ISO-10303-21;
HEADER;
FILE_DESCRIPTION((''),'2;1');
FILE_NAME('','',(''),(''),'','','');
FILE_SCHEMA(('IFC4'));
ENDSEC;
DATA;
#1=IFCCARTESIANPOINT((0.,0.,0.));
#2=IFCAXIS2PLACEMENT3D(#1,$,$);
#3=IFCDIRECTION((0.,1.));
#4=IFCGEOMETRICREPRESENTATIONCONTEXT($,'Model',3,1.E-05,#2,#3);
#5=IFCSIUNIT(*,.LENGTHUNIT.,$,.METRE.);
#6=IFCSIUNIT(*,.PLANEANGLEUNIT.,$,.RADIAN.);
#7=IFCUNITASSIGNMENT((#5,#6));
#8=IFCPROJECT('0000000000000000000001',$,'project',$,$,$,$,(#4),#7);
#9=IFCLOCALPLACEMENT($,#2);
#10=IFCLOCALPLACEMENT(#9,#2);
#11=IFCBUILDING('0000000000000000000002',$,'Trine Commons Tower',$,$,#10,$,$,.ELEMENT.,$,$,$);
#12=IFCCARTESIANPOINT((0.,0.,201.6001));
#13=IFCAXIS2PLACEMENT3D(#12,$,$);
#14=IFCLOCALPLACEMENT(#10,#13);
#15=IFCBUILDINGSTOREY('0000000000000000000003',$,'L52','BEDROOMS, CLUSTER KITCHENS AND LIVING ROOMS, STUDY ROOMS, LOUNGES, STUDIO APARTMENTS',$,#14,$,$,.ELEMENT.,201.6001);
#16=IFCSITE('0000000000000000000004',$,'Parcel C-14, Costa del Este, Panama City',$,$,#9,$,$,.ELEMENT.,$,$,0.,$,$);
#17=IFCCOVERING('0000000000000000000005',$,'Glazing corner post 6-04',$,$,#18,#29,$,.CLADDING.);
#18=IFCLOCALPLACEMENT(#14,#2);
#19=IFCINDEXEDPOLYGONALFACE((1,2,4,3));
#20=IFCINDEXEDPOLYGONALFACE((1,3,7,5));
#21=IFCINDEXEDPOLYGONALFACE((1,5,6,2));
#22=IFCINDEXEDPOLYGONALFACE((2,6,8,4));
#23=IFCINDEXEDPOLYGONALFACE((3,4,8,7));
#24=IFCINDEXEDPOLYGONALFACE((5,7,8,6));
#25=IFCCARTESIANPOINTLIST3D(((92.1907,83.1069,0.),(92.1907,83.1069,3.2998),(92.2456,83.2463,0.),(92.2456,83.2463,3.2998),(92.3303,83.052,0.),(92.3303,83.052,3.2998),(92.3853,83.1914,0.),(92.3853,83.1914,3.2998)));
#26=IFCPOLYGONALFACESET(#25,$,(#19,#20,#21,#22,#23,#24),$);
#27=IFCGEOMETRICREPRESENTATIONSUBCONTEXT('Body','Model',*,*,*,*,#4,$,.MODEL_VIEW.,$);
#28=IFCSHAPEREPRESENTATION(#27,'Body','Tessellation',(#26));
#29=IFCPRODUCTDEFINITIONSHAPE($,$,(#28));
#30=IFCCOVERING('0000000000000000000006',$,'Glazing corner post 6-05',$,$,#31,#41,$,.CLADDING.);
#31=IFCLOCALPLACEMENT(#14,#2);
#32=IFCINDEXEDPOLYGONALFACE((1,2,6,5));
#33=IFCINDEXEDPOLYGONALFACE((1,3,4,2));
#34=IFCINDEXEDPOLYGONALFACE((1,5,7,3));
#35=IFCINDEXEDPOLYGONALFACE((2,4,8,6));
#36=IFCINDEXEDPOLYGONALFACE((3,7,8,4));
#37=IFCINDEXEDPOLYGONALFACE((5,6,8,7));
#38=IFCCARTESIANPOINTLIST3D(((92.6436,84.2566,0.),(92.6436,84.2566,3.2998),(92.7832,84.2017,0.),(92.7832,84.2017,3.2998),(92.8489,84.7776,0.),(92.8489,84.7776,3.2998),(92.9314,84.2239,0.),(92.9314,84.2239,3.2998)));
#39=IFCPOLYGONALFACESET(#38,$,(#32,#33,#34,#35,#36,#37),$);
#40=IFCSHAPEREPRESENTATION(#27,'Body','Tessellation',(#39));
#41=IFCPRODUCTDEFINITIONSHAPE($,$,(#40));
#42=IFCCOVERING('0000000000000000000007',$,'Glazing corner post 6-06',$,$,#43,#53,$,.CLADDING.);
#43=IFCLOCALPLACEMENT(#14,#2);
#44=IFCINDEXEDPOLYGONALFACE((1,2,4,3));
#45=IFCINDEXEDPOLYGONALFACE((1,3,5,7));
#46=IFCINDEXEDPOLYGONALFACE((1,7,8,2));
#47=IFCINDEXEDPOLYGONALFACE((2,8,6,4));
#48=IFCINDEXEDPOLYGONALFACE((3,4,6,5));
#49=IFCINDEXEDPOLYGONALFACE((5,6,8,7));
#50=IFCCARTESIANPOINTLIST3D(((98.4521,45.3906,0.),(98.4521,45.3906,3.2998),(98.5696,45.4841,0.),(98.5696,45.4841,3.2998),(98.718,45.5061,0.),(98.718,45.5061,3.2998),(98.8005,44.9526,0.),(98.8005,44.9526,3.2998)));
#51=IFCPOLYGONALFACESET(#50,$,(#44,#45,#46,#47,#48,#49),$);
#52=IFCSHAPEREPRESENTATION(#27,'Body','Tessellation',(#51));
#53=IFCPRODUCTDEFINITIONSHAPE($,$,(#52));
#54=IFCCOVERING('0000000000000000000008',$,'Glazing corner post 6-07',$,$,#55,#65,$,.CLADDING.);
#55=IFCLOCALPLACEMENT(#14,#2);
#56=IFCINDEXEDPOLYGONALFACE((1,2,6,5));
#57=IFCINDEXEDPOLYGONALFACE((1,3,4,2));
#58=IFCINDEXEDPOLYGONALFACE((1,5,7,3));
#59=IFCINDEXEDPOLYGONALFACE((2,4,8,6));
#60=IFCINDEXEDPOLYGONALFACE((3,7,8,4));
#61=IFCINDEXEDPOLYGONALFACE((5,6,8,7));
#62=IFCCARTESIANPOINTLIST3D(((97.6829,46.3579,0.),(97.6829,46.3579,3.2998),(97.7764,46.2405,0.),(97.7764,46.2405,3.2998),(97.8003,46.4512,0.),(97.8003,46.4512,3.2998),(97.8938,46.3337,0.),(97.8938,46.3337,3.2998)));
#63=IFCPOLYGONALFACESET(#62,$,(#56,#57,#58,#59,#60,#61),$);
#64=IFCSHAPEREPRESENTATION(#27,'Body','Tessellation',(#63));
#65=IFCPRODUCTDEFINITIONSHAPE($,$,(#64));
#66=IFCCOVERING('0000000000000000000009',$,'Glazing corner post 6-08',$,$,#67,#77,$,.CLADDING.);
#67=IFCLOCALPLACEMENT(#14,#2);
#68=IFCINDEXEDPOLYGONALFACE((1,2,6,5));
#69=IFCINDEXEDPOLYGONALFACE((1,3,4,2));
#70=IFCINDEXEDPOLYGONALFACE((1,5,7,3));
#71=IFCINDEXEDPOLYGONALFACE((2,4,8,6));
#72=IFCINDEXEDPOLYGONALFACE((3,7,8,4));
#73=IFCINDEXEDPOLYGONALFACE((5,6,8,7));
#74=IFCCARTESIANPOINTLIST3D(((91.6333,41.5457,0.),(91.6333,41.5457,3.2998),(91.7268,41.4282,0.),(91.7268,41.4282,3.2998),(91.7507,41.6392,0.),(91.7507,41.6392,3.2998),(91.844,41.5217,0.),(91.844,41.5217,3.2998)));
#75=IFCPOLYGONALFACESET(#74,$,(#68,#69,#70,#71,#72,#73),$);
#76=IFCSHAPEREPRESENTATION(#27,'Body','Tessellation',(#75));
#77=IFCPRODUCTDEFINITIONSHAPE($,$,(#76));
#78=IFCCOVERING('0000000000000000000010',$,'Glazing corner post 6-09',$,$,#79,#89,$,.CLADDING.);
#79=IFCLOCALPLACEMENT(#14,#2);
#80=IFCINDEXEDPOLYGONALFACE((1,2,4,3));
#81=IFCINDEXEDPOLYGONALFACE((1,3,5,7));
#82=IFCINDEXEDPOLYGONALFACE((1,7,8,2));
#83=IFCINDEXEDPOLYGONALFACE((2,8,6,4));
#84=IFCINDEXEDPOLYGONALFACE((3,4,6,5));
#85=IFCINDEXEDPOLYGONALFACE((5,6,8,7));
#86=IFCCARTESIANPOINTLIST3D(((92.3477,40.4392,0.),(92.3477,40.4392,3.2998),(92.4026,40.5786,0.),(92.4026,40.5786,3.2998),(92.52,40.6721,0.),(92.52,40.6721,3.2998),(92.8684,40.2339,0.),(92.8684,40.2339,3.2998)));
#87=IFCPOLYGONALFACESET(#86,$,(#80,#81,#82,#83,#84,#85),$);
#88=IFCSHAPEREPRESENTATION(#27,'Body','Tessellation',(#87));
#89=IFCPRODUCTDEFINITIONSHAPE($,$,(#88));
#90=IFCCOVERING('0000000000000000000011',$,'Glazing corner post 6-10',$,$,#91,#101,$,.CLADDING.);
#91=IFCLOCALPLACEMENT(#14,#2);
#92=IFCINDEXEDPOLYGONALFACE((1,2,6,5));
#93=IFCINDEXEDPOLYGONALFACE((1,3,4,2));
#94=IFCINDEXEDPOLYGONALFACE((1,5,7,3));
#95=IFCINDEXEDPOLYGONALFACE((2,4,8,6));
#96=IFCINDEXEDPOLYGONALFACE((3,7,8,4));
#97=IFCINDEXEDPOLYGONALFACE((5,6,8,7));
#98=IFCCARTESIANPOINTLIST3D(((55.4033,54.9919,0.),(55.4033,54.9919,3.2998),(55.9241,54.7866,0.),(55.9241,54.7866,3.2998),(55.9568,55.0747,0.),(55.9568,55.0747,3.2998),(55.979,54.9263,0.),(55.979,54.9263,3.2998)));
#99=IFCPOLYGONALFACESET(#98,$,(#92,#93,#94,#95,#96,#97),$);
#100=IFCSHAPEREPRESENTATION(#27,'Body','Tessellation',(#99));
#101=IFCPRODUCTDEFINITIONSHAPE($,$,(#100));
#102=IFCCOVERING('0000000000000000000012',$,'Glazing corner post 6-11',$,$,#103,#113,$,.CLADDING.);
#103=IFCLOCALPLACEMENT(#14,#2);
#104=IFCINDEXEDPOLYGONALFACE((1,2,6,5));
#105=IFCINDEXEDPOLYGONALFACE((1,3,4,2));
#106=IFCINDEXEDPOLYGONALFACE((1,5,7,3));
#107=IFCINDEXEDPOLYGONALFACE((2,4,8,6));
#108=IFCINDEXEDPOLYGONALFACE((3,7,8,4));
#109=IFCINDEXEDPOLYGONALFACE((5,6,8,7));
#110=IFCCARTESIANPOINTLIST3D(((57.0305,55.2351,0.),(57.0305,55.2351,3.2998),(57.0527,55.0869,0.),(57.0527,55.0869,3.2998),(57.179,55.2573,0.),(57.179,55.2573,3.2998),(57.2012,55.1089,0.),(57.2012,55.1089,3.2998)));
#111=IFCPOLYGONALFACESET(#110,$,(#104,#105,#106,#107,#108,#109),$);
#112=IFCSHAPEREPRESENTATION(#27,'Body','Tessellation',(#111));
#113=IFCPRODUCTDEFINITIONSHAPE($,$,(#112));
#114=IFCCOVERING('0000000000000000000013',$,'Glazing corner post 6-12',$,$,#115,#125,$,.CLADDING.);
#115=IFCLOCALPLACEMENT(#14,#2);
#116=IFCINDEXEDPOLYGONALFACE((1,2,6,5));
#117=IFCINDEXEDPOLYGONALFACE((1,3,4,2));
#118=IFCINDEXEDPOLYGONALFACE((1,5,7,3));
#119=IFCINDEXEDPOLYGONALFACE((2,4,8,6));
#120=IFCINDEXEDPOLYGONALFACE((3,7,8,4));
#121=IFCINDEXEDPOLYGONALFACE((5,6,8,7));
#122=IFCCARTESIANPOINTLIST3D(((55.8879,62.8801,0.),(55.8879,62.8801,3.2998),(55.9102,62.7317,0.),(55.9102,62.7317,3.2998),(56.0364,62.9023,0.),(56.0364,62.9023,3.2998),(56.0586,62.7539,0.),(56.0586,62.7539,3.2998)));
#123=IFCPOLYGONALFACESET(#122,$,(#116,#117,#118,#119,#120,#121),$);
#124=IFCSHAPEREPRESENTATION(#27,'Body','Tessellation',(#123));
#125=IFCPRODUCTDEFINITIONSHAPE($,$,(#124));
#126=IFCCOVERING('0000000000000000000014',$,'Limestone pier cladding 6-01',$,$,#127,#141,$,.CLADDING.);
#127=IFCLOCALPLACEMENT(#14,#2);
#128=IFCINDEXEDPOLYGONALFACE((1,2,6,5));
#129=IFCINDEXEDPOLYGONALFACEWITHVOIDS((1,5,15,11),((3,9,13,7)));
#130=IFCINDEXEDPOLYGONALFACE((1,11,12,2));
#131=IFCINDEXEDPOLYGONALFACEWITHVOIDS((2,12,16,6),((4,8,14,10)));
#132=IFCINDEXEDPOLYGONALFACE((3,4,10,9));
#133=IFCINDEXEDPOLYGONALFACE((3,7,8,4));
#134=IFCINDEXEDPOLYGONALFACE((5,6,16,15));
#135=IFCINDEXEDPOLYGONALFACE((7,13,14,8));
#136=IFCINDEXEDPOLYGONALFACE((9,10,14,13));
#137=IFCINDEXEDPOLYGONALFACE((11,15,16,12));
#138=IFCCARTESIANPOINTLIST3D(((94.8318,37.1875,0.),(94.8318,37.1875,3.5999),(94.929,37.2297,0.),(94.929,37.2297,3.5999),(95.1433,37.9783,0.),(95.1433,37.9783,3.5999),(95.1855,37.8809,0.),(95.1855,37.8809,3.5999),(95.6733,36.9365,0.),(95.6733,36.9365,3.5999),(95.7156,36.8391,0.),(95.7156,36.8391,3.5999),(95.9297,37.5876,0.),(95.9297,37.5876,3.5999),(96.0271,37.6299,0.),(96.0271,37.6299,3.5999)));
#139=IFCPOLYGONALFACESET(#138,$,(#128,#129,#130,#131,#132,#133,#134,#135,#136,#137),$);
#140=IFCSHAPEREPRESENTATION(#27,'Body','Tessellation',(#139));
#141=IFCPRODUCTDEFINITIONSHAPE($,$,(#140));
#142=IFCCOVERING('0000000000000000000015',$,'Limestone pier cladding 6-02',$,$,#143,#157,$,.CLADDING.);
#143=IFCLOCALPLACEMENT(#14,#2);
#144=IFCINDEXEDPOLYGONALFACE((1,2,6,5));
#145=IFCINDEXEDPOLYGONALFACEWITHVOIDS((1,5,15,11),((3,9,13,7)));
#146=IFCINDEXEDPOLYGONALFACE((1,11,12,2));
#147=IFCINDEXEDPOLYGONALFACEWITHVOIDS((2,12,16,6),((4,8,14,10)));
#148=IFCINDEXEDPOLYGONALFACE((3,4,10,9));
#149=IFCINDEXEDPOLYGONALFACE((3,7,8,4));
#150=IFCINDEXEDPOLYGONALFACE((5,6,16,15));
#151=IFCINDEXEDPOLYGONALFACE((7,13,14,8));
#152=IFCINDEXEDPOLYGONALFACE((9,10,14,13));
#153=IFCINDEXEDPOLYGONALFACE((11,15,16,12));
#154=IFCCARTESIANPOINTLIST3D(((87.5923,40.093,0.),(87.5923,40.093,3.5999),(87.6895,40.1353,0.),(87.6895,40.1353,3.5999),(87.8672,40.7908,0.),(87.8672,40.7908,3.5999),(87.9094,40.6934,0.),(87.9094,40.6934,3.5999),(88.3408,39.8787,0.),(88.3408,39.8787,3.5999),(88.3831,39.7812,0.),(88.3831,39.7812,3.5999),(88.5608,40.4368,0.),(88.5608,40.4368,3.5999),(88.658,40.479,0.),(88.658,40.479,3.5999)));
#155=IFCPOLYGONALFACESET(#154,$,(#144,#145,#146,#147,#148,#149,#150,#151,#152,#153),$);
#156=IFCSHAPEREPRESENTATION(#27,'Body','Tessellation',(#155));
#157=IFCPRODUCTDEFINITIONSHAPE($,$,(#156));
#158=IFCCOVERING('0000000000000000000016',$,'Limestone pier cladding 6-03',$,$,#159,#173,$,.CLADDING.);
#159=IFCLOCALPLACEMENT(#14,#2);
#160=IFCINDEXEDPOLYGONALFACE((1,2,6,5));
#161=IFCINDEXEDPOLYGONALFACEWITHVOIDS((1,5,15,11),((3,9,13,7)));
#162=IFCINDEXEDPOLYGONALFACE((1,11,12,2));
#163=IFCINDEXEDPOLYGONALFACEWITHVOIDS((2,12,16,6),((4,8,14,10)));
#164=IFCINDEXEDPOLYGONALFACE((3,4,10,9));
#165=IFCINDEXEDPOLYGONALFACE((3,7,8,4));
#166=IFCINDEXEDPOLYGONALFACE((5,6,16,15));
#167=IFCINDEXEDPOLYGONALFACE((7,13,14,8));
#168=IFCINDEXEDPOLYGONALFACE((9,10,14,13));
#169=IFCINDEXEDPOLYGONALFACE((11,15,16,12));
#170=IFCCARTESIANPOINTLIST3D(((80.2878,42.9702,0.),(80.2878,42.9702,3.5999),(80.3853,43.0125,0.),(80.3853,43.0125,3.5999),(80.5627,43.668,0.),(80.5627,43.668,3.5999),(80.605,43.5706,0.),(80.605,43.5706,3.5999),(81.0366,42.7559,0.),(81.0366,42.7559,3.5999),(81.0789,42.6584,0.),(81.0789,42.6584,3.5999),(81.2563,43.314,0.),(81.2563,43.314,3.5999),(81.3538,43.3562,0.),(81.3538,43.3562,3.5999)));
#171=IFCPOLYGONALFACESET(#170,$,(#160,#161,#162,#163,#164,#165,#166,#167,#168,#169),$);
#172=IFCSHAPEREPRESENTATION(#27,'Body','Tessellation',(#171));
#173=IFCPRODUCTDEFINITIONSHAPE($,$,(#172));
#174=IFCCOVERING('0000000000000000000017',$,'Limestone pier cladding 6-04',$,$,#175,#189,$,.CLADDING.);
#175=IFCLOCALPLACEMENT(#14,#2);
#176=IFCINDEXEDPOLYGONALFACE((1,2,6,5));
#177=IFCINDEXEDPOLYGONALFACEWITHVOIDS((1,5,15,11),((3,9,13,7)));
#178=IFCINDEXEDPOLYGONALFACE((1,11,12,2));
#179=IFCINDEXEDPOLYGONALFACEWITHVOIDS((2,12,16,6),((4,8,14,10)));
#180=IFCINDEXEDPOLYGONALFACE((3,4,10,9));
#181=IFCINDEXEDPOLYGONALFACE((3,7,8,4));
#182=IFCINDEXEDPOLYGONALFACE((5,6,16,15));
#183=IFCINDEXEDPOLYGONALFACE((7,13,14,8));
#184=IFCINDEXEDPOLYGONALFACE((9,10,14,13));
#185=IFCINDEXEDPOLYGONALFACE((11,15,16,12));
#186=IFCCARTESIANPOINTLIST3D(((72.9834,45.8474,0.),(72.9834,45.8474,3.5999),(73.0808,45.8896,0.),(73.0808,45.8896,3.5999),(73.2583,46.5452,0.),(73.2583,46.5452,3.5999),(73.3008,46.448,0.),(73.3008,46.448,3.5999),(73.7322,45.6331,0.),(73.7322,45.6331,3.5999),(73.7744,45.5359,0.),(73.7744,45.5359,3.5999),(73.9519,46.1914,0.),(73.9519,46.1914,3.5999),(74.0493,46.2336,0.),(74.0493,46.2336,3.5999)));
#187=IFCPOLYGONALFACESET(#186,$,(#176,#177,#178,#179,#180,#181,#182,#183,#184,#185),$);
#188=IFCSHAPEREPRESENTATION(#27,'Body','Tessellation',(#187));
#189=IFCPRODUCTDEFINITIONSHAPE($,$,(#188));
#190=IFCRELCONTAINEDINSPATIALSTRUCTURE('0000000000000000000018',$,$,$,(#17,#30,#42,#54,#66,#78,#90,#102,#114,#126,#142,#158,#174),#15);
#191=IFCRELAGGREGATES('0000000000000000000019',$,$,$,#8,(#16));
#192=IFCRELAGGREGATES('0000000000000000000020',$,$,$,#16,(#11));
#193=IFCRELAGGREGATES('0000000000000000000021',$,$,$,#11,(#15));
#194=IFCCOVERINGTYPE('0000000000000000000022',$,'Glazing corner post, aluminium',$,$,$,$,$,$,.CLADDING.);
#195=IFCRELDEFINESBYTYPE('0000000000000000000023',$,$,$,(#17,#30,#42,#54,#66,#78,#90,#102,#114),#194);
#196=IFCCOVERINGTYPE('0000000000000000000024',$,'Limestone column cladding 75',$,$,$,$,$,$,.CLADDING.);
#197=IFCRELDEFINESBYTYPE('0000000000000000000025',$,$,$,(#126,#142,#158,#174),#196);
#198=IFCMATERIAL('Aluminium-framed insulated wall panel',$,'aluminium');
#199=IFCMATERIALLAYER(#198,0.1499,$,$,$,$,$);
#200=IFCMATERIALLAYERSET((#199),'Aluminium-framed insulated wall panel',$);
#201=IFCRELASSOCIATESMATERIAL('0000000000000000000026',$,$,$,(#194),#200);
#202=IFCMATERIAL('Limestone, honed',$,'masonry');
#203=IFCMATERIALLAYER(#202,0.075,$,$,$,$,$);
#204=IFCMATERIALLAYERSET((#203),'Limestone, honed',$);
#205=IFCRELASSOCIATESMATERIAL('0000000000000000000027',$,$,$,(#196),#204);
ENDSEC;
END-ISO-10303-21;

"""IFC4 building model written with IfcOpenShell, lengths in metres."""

from ifc_helpers import new_model, si_unit, direction, frame, origin, place, context, subcontext, project, spatial, polyline, outline, extrude, material, layer, layer_set, type_object, element, save


model = new_model("IFC4")

# Units and contexts
model_context = context("Model", 3, precision=1e-05, world=origin(), true_north=direction((0.0, 1.0)))
body_context = subcontext(model_context, "Body", "Model", "MODEL_VIEW")
ifc_project = project(units=[si_unit("LENGTHUNIT", "METRE"), si_unit("PLANEANGLEUNIT", "RADIAN")], contexts=[model_context])

# Site, building, storey
site_placement = place(None, origin())
site = spatial("IfcSite", under=ifc_project, at=site_placement, Name="Parcel C-14, Costa del Este, Panama City", CompositionType="ELEMENT", RefElevation=0.0)
building_placement = place(site_placement, origin())
building = spatial("IfcBuilding", under=site, at=building_placement, Name="Trine Commons Tower", CompositionType="ELEMENT")
storey_placement = place(building_placement, frame((0.0, 0.0, 201.6001)))
storey = spatial("IfcBuildingStorey", under=building, at=storey_placement, Name="L52", Description="BEDROOMS, CLUSTER KITCHENS AND LIVING ROOMS, STUDY ROOMS, LOUNGES, STUDIO APARTMENTS", CompositionType="ELEMENT", Elevation=201.6001)

# Coverings
ifc_material_1 = material(Name="Aluminium-framed insulated wall panel", Category="aluminium")
ifc_layer_1 = layer(ifc_material_1, 0.1499)
ifc_layer_set_1 = layer_set([ifc_layer_1], Name="Aluminium-framed insulated wall panel")
covering_type_1 = type_object("IfcCoveringType", Name="Glazing corner post, aluminium", PredefinedType="CLADDING", material=ifc_layer_set_1)
covering_1_placement = place(storey_placement, origin())
element("IfcCovering", 1, at=covering_1_placement, inside=storey, type_object=covering_type_1, Name="Glazing corner post 6-04", PredefinedType="CLADDING", context=body_context, shape_type="SweptSolid", body=[
    extrude(outline(polyline([(92.1907, 83.1069), (92.3303, 83.052), (92.3853, 83.1914), (92.2456, 83.2463), (92.1907, 83.1069)])), origin(), (0.0, 0.0, 1.0), 3.2998),
])
covering_2_placement = place(storey_placement, origin())
element("IfcCovering", 2, at=covering_2_placement, inside=storey, type_object=covering_type_1, Name="Glazing corner post 6-05", PredefinedType="CLADDING", context=body_context, shape_type="SweptSolid", body=[
    extrude(outline(polyline([(92.6436, 84.2566), (92.7832, 84.2017), (92.9314, 84.2239), (92.8489, 84.7776), (92.6436, 84.2566)])), origin(), (0.0, 0.0, 1.0), 3.2998),
])
covering_3_placement = place(storey_placement, origin())
element("IfcCovering", 3, at=covering_3_placement, inside=storey, type_object=covering_type_1, Name="Glazing corner post 6-06", PredefinedType="CLADDING", context=body_context, shape_type="SweptSolid", body=[
    extrude(outline(polyline([(98.4521, 45.3906), (98.8005, 44.9526), (98.718, 45.5061), (98.5696, 45.4841), (98.4521, 45.3906)])), origin(), (0.0, 0.0, 1.0), 3.2998),
])
covering_4_placement = place(storey_placement, origin())
element("IfcCovering", 4, at=covering_4_placement, inside=storey, type_object=covering_type_1, Name="Glazing corner post 6-07", PredefinedType="CLADDING", context=body_context, shape_type="SweptSolid", body=[
    extrude(outline(polyline([(97.6829, 46.3579), (97.7764, 46.2405), (97.7764, 46.2405), (97.8938, 46.3337), (97.8003, 46.4512), (97.8003, 46.4512), (97.6829, 46.3579)])), origin(), (0.0, 0.0, 1.0), 3.2998),
])
covering_5_placement = place(storey_placement, origin())
element("IfcCovering", 5, at=covering_5_placement, inside=storey, type_object=covering_type_1, Name="Glazing corner post 6-08", PredefinedType="CLADDING", context=body_context, shape_type="SweptSolid", body=[
    extrude(outline(polyline([(91.7268, 41.4282), (91.844, 41.5217), (91.7507, 41.6392), (91.6333, 41.5457), (91.7268, 41.4282)])), origin(), (0.0, 0.0, 1.0), 3.2998),
])
covering_6_placement = place(storey_placement, origin())
element("IfcCovering", 6, at=covering_6_placement, inside=storey, type_object=covering_type_1, Name="Glazing corner post 6-09", PredefinedType="CLADDING", context=body_context, shape_type="SweptSolid", body=[
    extrude(outline(polyline([(92.3477, 40.4392), (92.8684, 40.2339), (92.52, 40.6721), (92.4026, 40.5786), (92.3477, 40.4392)])), origin(), (0.0, 0.0, 1.0), 3.2998),
])
covering_7_placement = place(storey_placement, origin())
element("IfcCovering", 7, at=covering_7_placement, inside=storey, type_object=covering_type_1, Name="Glazing corner post 6-10", PredefinedType="CLADDING", context=body_context, shape_type="SweptSolid", body=[
    extrude(outline(polyline([(55.9241, 54.7866), (55.979, 54.9263), (55.9568, 55.0747), (55.4033, 54.9919), (55.9241, 54.7866)])), origin(), (0.0, 0.0, 1.0), 3.2998),
])
covering_8_placement = place(storey_placement, origin())
element("IfcCovering", 8, at=covering_8_placement, inside=storey, type_object=covering_type_1, Name="Glazing corner post 6-11", PredefinedType="CLADDING", context=body_context, shape_type="SweptSolid", body=[
    extrude(outline(polyline([(57.0305, 55.2351), (57.0527, 55.0869), (57.2012, 55.1089), (57.179, 55.2573), (57.0305, 55.2351)])), origin(), (0.0, 0.0, 1.0), 3.2998),
])
covering_9_placement = place(storey_placement, origin())
element("IfcCovering", 9, at=covering_9_placement, inside=storey, type_object=covering_type_1, Name="Glazing corner post 6-12", PredefinedType="CLADDING", context=body_context, shape_type="SweptSolid", body=[
    extrude(outline(polyline([(55.9102, 62.7317), (55.9102, 62.7317), (56.0586, 62.7539), (56.0364, 62.9023), (55.8879, 62.8801), (55.9102, 62.7317)])), origin(), (0.0, 0.0, 1.0), 3.2998),
])
ifc_material_2 = material(Name="Limestone, honed", Category="masonry")
ifc_layer_2 = layer(ifc_material_2, 0.075)
ifc_layer_set_2 = layer_set([ifc_layer_2], Name="Limestone, honed")
covering_type_2 = type_object("IfcCoveringType", Name="Limestone column cladding 75", PredefinedType="CLADDING", material=ifc_layer_set_2)
covering_10_placement = place(storey_placement, origin())
element("IfcCovering", 10, at=covering_10_placement, inside=storey, type_object=covering_type_2, Name="Limestone pier cladding 6-01", PredefinedType="CLADDING", context=body_context, shape_type="SweptSolid", body=[
    extrude(outline(polyline([(95.1433, 37.9783), (94.8318, 37.1875), (95.7156, 36.8391), (96.0271, 37.6299), (95.1433, 37.9783)]), holes=[polyline([(95.1855, 37.8809), (94.929, 37.2297), (95.6733, 36.9365), (95.9297, 37.5876), (95.1855, 37.8809)])]), origin(), (0.0, 0.0, 1.0), 3.5999),
])
covering_11_placement = place(storey_placement, origin())
element("IfcCovering", 11, at=covering_11_placement, inside=storey, type_object=covering_type_2, Name="Limestone pier cladding 6-02", PredefinedType="CLADDING", context=body_context, shape_type="SweptSolid", body=[
    extrude(outline(polyline([(87.8672, 40.7908), (87.5923, 40.093), (88.3831, 39.7812), (88.658, 40.479), (87.8672, 40.7908)]), holes=[polyline([(87.9094, 40.6934), (87.6895, 40.1353), (88.3408, 39.8787), (88.5608, 40.4368), (87.9094, 40.6934)])]), origin(), (0.0, 0.0, 1.0), 3.5999),
])
covering_12_placement = place(storey_placement, origin())
element("IfcCovering", 12, at=covering_12_placement, inside=storey, type_object=covering_type_2, Name="Limestone pier cladding 6-03", PredefinedType="CLADDING", context=body_context, shape_type="SweptSolid", body=[
    extrude(outline(polyline([(80.5627, 43.668), (80.2878, 42.9702), (81.0789, 42.6584), (81.3538, 43.3562), (80.5627, 43.668)]), holes=[polyline([(80.605, 43.5706), (80.3853, 43.0125), (81.0366, 42.7559), (81.2563, 43.314), (80.605, 43.5706)])]), origin(), (0.0, 0.0, 1.0), 3.5999),
])
covering_13_placement = place(storey_placement, origin())
element("IfcCovering", 13, at=covering_13_placement, inside=storey, type_object=covering_type_2, Name="Limestone pier cladding 6-04", PredefinedType="CLADDING", context=body_context, shape_type="SweptSolid", body=[
    extrude(outline(polyline([(73.2583, 46.5452), (72.9834, 45.8474), (73.7744, 45.5359), (74.0493, 46.2336), (73.2583, 46.5452)]), holes=[polyline([(73.3008, 46.448), (73.0808, 45.8896), (73.7322, 45.6331), (73.9519, 46.1914), (73.3008, 46.448)])]), origin(), (0.0, 0.0, 1.0), 3.5999),
])

save(model, "model.ifc")
